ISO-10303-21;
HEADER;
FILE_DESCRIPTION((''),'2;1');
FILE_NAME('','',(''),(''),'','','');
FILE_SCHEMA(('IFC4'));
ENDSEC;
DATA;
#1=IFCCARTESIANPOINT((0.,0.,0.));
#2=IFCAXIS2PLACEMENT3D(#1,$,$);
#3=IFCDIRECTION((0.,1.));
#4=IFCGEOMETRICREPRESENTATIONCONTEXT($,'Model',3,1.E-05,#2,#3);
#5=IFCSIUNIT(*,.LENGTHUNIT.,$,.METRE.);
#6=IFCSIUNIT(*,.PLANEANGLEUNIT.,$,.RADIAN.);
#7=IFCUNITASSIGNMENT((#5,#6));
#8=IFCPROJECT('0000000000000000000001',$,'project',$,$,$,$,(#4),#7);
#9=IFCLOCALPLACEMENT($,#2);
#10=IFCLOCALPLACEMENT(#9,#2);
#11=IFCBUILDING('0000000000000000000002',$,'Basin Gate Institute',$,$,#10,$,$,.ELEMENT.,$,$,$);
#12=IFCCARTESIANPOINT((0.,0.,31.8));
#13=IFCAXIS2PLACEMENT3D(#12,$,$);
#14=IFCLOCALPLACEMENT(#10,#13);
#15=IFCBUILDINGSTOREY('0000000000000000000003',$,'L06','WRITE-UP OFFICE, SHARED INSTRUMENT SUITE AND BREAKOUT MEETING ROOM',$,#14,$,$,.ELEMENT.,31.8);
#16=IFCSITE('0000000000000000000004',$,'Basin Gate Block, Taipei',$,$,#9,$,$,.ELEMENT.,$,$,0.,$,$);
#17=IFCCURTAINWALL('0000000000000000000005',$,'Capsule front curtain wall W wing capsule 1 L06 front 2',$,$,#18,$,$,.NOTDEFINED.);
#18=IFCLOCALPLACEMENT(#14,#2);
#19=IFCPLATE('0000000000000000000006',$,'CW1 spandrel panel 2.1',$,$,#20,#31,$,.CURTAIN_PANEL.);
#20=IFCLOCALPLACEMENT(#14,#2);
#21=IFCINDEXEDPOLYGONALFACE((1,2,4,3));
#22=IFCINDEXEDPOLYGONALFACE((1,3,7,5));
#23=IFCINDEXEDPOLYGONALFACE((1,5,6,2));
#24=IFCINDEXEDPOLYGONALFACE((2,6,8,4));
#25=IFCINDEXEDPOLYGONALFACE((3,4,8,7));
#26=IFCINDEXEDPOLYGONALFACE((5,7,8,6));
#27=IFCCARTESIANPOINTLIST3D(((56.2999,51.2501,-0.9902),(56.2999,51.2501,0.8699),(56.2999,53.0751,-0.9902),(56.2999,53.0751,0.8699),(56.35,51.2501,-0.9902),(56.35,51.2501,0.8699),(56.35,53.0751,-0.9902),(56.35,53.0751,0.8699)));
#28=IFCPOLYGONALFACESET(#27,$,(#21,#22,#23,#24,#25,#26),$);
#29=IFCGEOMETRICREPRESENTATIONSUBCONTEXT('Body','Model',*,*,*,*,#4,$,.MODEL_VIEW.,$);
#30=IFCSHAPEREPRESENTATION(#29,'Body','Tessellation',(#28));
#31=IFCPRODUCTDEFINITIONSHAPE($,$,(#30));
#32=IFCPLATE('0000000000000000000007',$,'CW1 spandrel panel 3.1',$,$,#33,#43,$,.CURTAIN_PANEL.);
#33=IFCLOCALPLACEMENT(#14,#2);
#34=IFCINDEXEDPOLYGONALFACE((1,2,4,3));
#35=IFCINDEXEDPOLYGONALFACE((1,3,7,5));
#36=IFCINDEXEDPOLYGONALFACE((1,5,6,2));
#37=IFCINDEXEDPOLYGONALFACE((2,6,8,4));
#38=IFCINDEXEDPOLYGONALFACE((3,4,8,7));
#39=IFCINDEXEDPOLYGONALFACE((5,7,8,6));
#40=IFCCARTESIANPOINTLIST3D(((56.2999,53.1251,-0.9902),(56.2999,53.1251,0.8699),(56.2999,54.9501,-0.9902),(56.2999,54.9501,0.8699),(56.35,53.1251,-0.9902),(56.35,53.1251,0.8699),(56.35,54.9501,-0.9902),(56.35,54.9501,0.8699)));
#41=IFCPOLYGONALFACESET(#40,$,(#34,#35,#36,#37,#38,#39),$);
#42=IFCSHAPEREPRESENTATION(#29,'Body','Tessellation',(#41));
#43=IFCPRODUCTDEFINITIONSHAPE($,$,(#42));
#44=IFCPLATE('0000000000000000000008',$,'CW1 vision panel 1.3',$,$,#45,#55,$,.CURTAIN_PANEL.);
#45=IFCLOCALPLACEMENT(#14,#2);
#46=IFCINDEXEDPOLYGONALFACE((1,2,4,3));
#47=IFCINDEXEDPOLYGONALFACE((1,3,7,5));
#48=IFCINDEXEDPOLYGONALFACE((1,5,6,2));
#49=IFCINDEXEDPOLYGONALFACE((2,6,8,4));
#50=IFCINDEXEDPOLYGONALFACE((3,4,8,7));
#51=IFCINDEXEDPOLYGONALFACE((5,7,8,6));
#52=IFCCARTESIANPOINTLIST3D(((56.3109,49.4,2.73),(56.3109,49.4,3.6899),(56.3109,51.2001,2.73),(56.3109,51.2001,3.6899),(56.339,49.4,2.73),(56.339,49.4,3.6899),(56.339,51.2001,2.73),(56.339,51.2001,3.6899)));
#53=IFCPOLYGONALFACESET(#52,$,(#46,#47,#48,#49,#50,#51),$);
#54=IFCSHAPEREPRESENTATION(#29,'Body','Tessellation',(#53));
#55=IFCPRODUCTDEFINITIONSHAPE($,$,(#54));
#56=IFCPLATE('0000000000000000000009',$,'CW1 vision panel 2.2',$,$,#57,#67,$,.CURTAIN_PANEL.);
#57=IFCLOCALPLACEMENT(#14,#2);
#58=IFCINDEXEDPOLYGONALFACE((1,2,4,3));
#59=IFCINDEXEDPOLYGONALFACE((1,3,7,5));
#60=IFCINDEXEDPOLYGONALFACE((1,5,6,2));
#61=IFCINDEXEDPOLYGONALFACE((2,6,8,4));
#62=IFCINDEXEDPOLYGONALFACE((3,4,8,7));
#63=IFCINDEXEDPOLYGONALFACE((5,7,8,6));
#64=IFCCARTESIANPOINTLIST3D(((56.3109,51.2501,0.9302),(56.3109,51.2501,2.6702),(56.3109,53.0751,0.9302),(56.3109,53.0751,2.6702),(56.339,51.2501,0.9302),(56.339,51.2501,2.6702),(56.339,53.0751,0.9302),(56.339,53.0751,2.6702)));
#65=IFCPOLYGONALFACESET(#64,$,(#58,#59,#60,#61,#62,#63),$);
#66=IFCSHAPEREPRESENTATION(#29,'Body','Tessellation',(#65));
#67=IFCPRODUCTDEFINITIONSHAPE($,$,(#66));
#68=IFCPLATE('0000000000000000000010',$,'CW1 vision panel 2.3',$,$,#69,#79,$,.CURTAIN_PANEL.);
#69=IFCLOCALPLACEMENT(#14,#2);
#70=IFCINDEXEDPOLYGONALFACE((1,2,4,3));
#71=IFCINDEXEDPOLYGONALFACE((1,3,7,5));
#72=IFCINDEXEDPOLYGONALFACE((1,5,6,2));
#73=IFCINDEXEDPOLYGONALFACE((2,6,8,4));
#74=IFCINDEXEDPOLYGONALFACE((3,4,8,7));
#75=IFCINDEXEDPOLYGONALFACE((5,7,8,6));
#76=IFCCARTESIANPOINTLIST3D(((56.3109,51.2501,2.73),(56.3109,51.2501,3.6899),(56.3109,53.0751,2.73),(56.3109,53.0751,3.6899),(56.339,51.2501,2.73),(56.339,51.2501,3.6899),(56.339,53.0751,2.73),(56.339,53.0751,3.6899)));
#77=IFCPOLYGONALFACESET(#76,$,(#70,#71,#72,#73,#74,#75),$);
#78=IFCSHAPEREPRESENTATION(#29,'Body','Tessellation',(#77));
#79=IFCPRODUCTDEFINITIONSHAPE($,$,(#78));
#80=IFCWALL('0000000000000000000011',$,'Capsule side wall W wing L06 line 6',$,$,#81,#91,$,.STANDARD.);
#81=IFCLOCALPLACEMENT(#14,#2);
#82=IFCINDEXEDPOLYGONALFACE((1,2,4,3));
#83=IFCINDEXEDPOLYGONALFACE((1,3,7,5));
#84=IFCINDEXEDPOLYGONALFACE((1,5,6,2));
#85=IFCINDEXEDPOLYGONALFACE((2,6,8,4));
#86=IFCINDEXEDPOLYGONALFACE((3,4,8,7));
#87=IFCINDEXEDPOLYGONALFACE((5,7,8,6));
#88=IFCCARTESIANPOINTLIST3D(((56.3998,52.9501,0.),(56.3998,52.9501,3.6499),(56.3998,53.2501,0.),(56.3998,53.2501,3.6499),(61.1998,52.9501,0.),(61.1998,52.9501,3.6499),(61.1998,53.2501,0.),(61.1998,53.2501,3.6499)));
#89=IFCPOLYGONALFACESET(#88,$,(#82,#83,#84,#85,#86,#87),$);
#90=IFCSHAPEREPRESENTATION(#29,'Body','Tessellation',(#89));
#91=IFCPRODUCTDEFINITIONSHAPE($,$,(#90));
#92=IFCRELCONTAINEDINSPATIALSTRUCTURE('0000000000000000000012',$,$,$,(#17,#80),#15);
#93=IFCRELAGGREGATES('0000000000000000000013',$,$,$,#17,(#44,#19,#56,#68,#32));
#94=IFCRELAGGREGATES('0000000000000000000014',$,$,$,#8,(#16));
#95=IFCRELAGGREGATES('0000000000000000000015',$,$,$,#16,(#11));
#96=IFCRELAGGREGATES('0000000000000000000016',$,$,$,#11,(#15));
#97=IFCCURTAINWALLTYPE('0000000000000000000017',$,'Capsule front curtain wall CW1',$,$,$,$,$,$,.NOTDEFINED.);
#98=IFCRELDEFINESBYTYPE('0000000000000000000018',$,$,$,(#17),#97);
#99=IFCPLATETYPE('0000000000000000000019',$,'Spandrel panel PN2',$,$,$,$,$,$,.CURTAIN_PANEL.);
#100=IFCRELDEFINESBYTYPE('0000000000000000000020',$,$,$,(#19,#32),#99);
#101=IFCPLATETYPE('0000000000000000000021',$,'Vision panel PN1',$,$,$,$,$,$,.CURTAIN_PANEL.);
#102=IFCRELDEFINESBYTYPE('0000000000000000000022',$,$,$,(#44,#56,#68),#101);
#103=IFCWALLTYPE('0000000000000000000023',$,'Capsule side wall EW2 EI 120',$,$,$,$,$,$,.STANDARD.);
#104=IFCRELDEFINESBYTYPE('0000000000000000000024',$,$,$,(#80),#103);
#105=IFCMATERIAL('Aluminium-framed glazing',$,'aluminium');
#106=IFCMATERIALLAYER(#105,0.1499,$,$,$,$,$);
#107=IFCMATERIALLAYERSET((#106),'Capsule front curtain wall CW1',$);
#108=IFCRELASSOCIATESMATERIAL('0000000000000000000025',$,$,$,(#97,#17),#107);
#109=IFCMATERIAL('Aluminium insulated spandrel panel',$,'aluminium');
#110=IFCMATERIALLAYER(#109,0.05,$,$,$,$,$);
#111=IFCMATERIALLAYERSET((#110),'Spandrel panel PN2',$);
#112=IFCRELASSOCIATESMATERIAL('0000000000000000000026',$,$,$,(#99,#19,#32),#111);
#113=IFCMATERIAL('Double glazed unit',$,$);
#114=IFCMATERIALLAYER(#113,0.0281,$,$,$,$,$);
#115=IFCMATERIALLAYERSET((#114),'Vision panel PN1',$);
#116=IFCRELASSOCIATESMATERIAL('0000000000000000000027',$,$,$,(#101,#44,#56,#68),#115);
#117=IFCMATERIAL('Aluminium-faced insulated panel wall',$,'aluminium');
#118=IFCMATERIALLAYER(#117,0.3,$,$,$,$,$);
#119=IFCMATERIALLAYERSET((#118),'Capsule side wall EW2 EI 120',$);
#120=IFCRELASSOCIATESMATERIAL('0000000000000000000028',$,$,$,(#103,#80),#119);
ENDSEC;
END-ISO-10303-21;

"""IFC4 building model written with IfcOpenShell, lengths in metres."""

from ifc_helpers import new_model, si_unit, direction, frame, frame_2d, origin, origin_2d, place, context, subcontext, project, spatial, rectangle, extrude, material, layer, layer_set, type_object, element, aggregate, save


model = new_model("IFC4")

# Units and contexts
model_context = context("Model", 3, precision=1e-05, world=origin(), true_north=direction((0.0, 1.0)))
body_context = subcontext(model_context, "Body", "Model", "MODEL_VIEW")
ifc_project = project(units=[si_unit("LENGTHUNIT", "METRE"), si_unit("PLANEANGLEUNIT", "RADIAN")], contexts=[model_context])

# Site, building, storey
site_placement = place(None, origin())
site = spatial("IfcSite", under=ifc_project, at=site_placement, Name="Basin Gate Block, Taipei", CompositionType="ELEMENT", RefElevation=0.0)
building_placement = place(site_placement, origin())
building = spatial("IfcBuilding", under=site, at=building_placement, Name="Basin Gate Institute", CompositionType="ELEMENT")
storey_placement = place(building_placement, frame((0.0, 0.0, 31.8)))
storey = spatial("IfcBuildingStorey", under=building, at=storey_placement, Name="L06", Description="WRITE-UP OFFICE, SHARED INSTRUMENT SUITE AND BREAKOUT MEETING ROOM", CompositionType="ELEMENT", Elevation=31.8)

# Curtain wall
ifc_material_1 = material(Name="Aluminium-framed glazing", Category="aluminium")
ifc_layer_1 = layer(ifc_material_1, 0.1499)
ifc_layer_set_1 = layer_set([ifc_layer_1], Name="Capsule front curtain wall CW1")
curtain_wall_type = type_object("IfcCurtainWallType", Name="Capsule front curtain wall CW1", PredefinedType="NOTDEFINED", material=ifc_layer_set_1)
curtain_wall_placement = place(storey_placement, origin())
curtain_wall = element("IfcCurtainWall", 1, at=curtain_wall_placement, inside=storey, type_object=curtain_wall_type, material=ifc_layer_set_1, Name="Capsule front curtain wall W wing capsule 1 L06 front 2", PredefinedType="NOTDEFINED")

# Plates
ifc_material_2 = material(Name="Aluminium insulated spandrel panel", Category="aluminium")
ifc_layer_2 = layer(ifc_material_2, 0.05)
ifc_layer_set_2 = layer_set([ifc_layer_2], Name="Spandrel panel PN2")
plate_type_1 = type_object("IfcPlateType", Name="Spandrel panel PN2", PredefinedType="CURTAIN_PANEL", material=ifc_layer_set_2)
plate_1_placement = place(storey_placement, frame((56.325, 52.1626, -0.9902), z_axis=(0.0, 0.0, 1.0), x_axis=(0.0, 1.0, 0.0)))
plate_1 = element("IfcPlate", 2, at=plate_1_placement, type_object=plate_type_1, material=ifc_layer_set_2, Name="CW1 spandrel panel 2.1", PredefinedType="CURTAIN_PANEL", context=body_context, shape_type="SweptSolid", body=[
    extrude(rectangle(XDim=1.825, YDim=0.05, at=origin_2d()), origin(), (0.0, 0.0, 1.0), 1.8601),
])
plate_2_placement = place(storey_placement, frame((56.325, 54.0376, -0.9902), z_axis=(0.0, 0.0, 1.0), x_axis=(0.0, 1.0, 0.0)))
plate_2 = element("IfcPlate", 3, at=plate_2_placement, type_object=plate_type_1, material=ifc_layer_set_2, Name="CW1 spandrel panel 3.1", PredefinedType="CURTAIN_PANEL", context=body_context, shape_type="SweptSolid", body=[
    extrude(rectangle(XDim=1.825, YDim=0.05, at=origin_2d()), origin(), (0.0, 0.0, 1.0), 1.8601),
])
ifc_material_3 = material(Name="Double glazed unit")
ifc_layer_3 = layer(ifc_material_3, 0.0281)
ifc_layer_set_3 = layer_set([ifc_layer_3], Name="Vision panel PN1")
plate_type_2 = type_object("IfcPlateType", Name="Vision panel PN1", PredefinedType="CURTAIN_PANEL", material=ifc_layer_set_3)
plate_3_placement = place(storey_placement, frame((56.325, 50.3, 2.73), z_axis=(0.0, 0.0, 1.0), x_axis=(0.0, 1.0, 0.0)))
plate_3 = element("IfcPlate", 4, at=plate_3_placement, type_object=plate_type_2, material=ifc_layer_set_3, Name="CW1 vision panel 1.3", PredefinedType="CURTAIN_PANEL", context=body_context, shape_type="SweptSolid", body=[
    extrude(rectangle(XDim=1.8, YDim=0.0281, at=origin_2d()), origin(), (0.0, 0.0, 1.0), 0.96),
])
plate_4_placement = place(storey_placement, frame((56.325, 52.1626, 0.9302), z_axis=(0.0, 0.0, 1.0), x_axis=(0.0, 1.0, 0.0)))
plate_4 = element("IfcPlate", 5, at=plate_4_placement, type_object=plate_type_2, material=ifc_layer_set_3, Name="CW1 vision panel 2.2", PredefinedType="CURTAIN_PANEL", context=body_context, shape_type="SweptSolid", body=[
    extrude(rectangle(XDim=1.825, YDim=0.0281, at=origin_2d()), origin(), (0.0, 0.0, 1.0), 1.74),
])
plate_5_placement = place(storey_placement, frame((56.325, 52.1626, 2.73), z_axis=(0.0, 0.0, 1.0), x_axis=(0.0, 1.0, 0.0)))
plate_5 = element("IfcPlate", 6, at=plate_5_placement, type_object=plate_type_2, material=ifc_layer_set_3, Name="CW1 vision panel 2.3", PredefinedType="CURTAIN_PANEL", context=body_context, shape_type="SweptSolid", body=[
    extrude(rectangle(XDim=1.825, YDim=0.0281, at=origin_2d()), origin(), (0.0, 0.0, 1.0), 0.96),
])
aggregate(curtain_wall, [plate_3, plate_1, plate_4, plate_5, plate_2])

# Wall
ifc_material_4 = material(Name="Aluminium-faced insulated panel wall", Category="aluminium")
ifc_layer_4 = layer(ifc_material_4, 0.3)
ifc_layer_set_4 = layer_set([ifc_layer_4], Name="Capsule side wall EW2 EI 120")
wall_type = type_object("IfcWallType", Name="Capsule side wall EW2 EI 120", PredefinedType="STANDARD", material=ifc_layer_set_4)
wall_placement = place(storey_placement, frame((56.3999, 53.1001, 0.0), z_axis=(0.0, 0.0, 1.0), x_axis=(1.0, 0.0, 0.0)))
element("IfcWall", 7, at=wall_placement, inside=storey, type_object=wall_type, material=ifc_layer_set_4, Name="Capsule side wall W wing L06 line 6", PredefinedType="STANDARD", context=body_context, shape_type="SweptSolid", body=[
    extrude(rectangle(XDim=4.8, YDim=0.3, at=frame_2d((2.3999, 0.0))), origin(), (0.0, 0.0, 1.0), 3.6499),
])

save(model, "model.ifc")
